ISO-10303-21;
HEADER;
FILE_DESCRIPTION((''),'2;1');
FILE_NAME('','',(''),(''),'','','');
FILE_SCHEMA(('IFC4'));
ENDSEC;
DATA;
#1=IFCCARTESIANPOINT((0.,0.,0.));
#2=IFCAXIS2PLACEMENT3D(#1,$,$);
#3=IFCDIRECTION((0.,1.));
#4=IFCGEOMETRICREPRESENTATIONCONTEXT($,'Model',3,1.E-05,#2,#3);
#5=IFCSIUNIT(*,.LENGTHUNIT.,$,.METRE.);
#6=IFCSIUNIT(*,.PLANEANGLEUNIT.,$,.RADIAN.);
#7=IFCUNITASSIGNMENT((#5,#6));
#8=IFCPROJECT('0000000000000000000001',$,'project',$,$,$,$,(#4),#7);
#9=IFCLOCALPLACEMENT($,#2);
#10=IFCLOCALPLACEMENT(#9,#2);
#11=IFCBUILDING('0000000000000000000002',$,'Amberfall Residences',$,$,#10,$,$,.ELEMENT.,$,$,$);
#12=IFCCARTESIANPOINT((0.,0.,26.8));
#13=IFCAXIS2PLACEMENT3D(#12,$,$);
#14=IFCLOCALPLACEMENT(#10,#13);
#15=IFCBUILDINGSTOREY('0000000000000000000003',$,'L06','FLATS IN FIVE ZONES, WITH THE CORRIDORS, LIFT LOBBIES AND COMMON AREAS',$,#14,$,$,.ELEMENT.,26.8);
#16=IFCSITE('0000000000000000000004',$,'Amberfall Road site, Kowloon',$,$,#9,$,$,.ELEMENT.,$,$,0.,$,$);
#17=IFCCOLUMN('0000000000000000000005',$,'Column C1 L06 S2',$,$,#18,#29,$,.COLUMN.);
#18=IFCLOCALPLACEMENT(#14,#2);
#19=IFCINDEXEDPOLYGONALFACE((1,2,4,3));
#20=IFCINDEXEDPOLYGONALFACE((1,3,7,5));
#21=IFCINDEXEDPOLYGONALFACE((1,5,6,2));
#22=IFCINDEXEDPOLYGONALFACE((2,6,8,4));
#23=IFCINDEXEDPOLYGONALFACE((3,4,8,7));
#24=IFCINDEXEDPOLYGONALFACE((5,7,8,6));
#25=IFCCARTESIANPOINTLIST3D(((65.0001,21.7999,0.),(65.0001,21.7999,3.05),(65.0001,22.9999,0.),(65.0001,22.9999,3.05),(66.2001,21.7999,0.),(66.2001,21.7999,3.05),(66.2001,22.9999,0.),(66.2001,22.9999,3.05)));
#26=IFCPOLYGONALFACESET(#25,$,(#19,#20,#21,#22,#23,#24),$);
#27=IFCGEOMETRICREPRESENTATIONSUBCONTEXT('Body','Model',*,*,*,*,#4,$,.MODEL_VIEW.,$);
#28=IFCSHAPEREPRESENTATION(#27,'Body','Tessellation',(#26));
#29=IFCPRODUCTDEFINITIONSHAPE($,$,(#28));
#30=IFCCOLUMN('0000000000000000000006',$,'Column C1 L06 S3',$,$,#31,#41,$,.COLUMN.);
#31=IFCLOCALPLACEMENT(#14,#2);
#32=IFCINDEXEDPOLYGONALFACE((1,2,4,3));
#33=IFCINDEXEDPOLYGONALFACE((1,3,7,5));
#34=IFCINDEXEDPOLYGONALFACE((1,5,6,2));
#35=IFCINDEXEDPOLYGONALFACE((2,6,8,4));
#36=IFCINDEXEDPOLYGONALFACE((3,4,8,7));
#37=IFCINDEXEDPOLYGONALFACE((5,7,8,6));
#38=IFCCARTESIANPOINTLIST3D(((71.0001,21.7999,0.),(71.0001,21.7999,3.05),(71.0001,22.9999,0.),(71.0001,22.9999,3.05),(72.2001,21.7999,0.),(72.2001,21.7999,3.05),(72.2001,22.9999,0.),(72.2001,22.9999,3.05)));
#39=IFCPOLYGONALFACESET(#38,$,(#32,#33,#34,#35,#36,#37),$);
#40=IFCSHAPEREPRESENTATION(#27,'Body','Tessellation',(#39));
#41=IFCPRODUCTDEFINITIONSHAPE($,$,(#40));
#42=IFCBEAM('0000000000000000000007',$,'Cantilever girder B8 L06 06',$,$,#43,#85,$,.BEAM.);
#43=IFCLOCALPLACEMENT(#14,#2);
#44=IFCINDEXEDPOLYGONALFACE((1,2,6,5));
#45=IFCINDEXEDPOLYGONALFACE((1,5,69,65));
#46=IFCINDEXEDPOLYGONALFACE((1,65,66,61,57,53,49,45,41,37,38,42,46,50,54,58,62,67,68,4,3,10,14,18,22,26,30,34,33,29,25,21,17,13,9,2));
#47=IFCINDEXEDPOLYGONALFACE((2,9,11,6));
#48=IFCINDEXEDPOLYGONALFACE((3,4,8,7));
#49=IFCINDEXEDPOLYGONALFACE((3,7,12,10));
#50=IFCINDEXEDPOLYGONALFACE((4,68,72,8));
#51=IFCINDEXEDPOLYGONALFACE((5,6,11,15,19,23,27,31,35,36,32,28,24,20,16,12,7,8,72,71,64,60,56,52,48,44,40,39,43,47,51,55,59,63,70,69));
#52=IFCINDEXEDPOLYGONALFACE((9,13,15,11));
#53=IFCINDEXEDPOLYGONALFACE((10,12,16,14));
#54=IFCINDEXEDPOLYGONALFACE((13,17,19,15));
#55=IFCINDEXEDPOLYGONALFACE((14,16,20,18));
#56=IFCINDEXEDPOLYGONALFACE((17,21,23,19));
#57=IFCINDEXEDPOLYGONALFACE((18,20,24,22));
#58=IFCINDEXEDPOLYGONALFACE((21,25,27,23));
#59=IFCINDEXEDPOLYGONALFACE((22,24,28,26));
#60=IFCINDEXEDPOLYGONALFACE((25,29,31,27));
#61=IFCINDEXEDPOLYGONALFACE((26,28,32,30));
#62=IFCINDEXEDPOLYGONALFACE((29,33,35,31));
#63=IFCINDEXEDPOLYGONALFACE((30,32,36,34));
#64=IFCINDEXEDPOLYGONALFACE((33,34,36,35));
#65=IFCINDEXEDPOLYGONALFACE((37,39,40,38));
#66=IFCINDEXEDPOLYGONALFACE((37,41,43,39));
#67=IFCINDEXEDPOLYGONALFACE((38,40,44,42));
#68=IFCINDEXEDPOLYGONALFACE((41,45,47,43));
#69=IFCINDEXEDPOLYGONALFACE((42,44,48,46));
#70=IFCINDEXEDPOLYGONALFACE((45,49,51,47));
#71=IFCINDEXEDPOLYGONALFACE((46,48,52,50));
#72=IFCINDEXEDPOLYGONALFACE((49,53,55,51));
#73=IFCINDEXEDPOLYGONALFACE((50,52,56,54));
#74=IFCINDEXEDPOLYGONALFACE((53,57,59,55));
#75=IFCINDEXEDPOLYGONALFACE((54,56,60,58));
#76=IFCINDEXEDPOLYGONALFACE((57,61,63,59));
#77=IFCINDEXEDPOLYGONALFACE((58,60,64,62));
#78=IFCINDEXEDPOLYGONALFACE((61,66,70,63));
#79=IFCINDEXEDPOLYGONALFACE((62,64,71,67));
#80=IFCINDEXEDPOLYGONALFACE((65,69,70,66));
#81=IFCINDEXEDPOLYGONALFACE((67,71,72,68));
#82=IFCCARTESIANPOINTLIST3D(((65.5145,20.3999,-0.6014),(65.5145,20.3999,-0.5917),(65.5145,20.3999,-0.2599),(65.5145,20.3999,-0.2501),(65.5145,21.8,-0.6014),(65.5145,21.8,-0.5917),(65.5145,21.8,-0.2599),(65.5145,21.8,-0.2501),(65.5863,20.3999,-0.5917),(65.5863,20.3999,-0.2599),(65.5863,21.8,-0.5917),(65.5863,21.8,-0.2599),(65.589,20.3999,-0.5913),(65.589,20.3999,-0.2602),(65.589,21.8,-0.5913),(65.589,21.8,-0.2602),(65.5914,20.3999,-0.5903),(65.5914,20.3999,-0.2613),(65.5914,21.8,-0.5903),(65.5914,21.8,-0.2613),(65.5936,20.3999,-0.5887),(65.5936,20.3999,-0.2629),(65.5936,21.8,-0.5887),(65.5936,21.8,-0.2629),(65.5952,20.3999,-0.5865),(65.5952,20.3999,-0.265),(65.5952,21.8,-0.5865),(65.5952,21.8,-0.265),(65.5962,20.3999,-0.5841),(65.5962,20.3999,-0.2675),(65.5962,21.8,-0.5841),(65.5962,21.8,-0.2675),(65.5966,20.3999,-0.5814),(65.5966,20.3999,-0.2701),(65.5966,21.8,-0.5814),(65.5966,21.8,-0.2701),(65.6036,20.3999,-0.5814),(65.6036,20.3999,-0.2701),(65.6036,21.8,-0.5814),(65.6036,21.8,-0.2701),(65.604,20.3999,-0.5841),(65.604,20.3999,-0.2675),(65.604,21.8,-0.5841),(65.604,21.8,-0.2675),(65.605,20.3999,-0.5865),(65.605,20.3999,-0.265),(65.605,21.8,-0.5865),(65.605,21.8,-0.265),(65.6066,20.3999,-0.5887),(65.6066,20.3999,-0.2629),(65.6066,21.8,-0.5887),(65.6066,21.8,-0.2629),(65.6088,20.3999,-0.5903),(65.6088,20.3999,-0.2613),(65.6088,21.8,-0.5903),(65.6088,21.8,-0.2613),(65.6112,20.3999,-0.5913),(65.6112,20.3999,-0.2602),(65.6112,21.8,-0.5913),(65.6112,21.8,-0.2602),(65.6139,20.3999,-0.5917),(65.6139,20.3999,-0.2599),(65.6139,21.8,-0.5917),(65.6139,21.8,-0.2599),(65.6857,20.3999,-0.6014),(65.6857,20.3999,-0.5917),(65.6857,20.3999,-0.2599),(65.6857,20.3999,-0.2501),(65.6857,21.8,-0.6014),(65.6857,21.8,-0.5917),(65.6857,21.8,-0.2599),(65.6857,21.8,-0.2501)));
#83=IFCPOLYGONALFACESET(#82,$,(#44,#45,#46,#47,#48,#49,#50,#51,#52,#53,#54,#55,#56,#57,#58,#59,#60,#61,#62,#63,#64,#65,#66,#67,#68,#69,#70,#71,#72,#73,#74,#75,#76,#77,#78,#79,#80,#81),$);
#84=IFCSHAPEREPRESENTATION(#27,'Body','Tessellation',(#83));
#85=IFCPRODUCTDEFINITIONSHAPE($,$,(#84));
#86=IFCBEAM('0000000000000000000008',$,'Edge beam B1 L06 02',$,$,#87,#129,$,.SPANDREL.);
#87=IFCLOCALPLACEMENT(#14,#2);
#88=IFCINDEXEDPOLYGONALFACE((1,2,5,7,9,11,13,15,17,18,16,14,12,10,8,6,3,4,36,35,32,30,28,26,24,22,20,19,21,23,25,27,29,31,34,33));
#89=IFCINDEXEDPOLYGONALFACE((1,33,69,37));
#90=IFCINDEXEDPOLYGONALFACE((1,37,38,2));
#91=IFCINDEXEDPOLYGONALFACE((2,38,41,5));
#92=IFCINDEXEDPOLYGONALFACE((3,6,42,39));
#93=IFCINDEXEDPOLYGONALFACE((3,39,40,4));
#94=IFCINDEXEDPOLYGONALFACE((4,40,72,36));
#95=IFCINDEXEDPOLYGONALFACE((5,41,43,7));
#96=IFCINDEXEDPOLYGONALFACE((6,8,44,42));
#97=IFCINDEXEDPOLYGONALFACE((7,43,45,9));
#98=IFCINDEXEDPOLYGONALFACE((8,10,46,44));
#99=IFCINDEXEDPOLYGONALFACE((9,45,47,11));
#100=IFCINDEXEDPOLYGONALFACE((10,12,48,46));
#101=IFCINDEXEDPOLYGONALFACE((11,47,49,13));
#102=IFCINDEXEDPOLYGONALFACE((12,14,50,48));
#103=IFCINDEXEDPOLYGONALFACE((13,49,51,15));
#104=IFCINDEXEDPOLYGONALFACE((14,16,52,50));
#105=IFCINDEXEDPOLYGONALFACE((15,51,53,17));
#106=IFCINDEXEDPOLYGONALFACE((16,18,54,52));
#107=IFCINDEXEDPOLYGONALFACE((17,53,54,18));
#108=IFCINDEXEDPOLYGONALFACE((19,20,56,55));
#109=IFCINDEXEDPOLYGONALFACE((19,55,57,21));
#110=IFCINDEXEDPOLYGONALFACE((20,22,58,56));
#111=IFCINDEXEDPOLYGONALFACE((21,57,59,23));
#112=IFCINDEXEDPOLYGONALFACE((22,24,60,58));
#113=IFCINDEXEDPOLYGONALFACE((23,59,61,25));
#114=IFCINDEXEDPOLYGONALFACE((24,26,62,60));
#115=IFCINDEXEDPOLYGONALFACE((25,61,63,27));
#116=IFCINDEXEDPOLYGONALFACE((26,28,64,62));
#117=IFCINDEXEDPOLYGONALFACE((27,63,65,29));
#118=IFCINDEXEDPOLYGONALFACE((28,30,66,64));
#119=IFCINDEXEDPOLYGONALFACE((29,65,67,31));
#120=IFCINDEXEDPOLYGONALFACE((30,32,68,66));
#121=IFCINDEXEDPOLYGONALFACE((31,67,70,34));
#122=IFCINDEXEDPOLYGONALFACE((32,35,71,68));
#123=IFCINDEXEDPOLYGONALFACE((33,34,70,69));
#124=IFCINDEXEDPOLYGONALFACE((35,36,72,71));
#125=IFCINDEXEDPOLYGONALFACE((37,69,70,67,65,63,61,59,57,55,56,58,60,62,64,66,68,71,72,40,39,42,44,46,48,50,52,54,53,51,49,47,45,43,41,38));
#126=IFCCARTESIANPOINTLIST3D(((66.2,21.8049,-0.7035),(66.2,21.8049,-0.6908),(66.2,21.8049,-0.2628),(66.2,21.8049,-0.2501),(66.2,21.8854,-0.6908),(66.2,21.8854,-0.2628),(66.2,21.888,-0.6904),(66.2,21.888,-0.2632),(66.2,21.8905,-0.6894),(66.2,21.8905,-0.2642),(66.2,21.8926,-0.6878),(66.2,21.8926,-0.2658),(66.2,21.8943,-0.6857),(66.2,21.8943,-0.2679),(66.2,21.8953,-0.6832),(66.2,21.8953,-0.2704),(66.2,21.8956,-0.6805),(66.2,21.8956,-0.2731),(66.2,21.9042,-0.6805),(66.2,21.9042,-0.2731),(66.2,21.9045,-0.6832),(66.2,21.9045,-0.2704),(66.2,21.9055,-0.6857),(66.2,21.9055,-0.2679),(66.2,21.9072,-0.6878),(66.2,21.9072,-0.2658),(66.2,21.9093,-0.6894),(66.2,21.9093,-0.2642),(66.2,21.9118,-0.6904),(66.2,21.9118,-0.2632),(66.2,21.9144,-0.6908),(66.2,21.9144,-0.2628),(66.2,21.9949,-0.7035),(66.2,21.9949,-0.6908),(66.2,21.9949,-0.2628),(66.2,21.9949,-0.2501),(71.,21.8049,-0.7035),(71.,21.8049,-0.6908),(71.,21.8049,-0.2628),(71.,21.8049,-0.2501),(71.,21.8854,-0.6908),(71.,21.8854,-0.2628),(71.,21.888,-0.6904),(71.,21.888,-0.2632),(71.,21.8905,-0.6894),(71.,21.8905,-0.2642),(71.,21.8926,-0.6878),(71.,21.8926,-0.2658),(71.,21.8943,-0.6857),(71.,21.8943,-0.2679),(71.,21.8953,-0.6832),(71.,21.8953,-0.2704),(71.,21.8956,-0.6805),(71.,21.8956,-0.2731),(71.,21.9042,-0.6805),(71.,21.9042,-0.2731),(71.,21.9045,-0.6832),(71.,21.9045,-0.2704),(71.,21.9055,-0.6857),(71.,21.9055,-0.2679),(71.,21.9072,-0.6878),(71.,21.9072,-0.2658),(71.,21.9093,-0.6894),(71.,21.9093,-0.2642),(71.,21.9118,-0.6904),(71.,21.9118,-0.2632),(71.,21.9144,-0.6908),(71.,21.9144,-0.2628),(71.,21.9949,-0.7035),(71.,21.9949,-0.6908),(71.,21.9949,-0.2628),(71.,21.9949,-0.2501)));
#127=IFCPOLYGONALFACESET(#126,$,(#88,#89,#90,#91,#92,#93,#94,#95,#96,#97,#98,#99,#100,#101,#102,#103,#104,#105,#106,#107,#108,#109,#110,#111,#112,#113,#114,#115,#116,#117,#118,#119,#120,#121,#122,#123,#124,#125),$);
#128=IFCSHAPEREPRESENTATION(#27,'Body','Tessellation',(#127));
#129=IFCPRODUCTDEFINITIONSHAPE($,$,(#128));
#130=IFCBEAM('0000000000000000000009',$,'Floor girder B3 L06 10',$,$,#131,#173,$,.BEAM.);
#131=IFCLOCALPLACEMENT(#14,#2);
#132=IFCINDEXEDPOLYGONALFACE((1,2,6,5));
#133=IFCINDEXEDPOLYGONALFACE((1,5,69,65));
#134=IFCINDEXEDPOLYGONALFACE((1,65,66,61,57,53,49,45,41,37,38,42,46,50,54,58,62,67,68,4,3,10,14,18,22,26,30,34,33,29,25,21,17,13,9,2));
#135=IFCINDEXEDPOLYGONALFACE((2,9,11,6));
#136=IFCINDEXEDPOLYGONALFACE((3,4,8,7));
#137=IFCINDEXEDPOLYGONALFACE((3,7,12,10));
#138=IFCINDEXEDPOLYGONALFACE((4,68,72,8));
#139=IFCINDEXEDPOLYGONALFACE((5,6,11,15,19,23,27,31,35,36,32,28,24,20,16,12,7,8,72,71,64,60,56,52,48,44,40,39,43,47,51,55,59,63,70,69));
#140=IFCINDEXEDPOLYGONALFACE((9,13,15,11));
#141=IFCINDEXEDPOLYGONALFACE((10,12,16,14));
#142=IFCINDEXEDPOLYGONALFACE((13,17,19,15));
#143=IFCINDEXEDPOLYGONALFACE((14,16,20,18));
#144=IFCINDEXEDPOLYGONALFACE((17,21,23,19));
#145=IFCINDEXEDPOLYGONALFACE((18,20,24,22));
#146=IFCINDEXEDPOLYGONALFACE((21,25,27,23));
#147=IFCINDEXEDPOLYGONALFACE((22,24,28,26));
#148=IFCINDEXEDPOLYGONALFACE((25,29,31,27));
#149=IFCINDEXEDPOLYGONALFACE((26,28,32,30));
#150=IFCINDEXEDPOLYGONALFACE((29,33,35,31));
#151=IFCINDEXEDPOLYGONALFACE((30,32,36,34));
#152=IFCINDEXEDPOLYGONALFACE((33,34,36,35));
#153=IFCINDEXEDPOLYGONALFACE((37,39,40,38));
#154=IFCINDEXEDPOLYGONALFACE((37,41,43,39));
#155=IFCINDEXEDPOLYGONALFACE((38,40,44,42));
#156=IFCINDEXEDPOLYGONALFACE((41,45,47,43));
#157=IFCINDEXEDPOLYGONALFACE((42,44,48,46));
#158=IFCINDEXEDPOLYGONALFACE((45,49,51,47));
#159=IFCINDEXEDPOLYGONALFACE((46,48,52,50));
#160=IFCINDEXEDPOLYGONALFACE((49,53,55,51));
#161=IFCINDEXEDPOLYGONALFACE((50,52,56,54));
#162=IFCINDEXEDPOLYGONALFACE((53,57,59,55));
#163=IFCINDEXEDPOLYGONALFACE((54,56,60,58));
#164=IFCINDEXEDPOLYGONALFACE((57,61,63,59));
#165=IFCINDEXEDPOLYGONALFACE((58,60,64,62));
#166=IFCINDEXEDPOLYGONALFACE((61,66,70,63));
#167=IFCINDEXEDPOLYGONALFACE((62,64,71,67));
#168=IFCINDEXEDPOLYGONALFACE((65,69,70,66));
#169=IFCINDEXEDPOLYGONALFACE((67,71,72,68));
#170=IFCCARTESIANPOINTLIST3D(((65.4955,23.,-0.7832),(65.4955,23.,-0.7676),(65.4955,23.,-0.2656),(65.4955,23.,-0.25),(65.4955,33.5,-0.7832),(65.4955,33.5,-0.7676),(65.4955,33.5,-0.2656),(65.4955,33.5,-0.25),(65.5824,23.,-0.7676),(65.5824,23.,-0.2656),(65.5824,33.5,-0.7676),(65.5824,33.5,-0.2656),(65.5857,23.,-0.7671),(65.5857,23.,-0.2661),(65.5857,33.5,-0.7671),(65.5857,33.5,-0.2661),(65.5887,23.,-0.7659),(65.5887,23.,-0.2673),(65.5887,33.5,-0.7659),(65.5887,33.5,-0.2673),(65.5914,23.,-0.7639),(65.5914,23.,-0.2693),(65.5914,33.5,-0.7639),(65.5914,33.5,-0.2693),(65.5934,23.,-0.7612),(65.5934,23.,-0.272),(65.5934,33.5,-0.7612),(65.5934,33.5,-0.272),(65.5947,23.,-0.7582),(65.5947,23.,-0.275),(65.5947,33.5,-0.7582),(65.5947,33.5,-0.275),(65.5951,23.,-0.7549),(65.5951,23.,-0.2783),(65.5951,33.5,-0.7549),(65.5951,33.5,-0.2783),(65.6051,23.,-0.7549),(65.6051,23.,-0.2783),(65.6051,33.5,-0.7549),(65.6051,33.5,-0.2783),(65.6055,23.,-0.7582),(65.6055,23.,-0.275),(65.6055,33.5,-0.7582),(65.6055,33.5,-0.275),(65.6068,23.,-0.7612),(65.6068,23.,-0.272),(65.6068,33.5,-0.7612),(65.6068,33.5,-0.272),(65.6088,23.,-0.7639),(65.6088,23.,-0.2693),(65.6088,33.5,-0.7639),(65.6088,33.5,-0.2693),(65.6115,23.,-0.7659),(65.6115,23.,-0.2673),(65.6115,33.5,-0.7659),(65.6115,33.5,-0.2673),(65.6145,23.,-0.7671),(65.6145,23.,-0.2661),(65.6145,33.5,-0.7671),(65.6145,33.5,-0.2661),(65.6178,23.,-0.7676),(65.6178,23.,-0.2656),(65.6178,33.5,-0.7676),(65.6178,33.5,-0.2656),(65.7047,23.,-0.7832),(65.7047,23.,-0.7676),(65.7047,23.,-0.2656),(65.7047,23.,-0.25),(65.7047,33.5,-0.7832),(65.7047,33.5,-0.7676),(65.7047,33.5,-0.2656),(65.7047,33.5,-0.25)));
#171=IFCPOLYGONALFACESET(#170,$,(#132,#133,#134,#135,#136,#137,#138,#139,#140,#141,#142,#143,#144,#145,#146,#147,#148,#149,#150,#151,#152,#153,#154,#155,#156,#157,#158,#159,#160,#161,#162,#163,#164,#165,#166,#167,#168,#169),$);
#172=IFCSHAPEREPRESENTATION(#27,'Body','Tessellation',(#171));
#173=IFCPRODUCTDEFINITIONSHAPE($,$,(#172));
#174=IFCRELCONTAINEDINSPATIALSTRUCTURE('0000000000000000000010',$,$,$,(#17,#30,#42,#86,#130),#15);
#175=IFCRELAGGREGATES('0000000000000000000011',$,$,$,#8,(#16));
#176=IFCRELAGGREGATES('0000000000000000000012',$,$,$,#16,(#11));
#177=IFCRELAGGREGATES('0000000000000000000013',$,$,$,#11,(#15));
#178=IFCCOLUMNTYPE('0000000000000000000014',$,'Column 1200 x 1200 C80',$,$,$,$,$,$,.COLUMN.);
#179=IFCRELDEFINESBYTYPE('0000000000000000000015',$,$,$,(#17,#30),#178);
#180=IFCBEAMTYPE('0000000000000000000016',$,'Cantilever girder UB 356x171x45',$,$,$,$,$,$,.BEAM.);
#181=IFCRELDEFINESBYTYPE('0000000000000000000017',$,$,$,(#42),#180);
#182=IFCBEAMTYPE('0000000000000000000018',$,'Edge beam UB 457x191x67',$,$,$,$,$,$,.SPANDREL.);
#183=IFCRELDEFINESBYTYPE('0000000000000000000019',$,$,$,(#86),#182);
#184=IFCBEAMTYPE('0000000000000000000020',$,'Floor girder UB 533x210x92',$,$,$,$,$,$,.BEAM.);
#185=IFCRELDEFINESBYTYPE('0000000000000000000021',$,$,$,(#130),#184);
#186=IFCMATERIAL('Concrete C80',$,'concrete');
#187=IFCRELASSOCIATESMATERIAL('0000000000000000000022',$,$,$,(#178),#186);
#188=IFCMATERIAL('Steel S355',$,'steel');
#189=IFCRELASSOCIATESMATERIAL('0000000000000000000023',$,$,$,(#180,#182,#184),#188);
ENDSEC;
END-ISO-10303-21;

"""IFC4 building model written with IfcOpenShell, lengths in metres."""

from ifc_helpers import new_model, si_unit, direction, frame, origin, origin_2d, place, context, subcontext, project, spatial, rectangle, i_section, extrude, material, material_profile, profile_set, type_object, element, save


model = new_model("IFC4")

# Units and contexts
model_context = context("Model", 3, precision=1e-05, world=origin(), true_north=direction((0.0, 1.0)))
body_context = subcontext(model_context, "Body", "Model", "MODEL_VIEW")
ifc_project = project(units=[si_unit("LENGTHUNIT", "METRE"), si_unit("PLANEANGLEUNIT", "RADIAN")], contexts=[model_context])

# Site, building, storey
site_placement = place(None, origin())
site = spatial("IfcSite", under=ifc_project, at=site_placement, Name="Amberfall Road site, Kowloon", CompositionType="ELEMENT", RefElevation=0.0)
building_placement = place(site_placement, origin())
building = spatial("IfcBuilding", under=site, at=building_placement, Name="Amberfall Residences", CompositionType="ELEMENT")
storey_placement = place(building_placement, frame((0.0, 0.0, 26.8)))
storey = spatial("IfcBuildingStorey", under=building, at=storey_placement, Name="L06", Description="FLATS IN FIVE ZONES, WITH THE CORRIDORS, LIFT LOBBIES AND COMMON AREAS", CompositionType="ELEMENT", Elevation=26.8)

# Columns
ifc_material_1 = material(Name="Concrete C80", Category="concrete")
ifc_material_profile_1 = material_profile(ifc_material_1, rectangle(XDim=1.2, YDim=1.2, at=origin_2d()), Name="Column 1200 x 1200 C80")
ifc_profile_set_1 = profile_set([ifc_material_profile_1], Name="Concrete C80")
column_type = type_object("IfcColumnType", Name="Column 1200 x 1200 C80", PredefinedType="COLUMN", material=ifc_profile_set_1)
for number, where, z_axis, x_axis, name in (
    (1, (65.6001, 22.3999, 0.0), (0.0, 0.0, 1.0), (1.0, 0.0, 0.0), "Column C1 L06 S2"),
    (2, (71.6001, 22.3999, 0.0), (0.0, 0.0, 1.0), (1.0, 0.0, 0.0), "Column C1 L06 S3"),
):
    element("IfcColumn", number, at=place(storey_placement, frame(where, z_axis=z_axis, x_axis=x_axis)), inside=storey, type_object=column_type, Name=name, PredefinedType="COLUMN", context=body_context, shape_type="SweptSolid", body=[
        extrude(rectangle(XDim=1.2, YDim=1.2, at=origin_2d()), origin(), (0.0, 0.0, 1.0), 3.05),
    ])

# Beams
ifc_material_2 = material(Name="Steel S355", Category="steel")
ifc_material_profile_2 = material_profile(ifc_material_2, i_section(OverallWidth=0.1711, OverallDepth=0.3513, WebThickness=0.0071, FlangeThickness=0.0098, FilletRadius=0.0103, at=origin_2d()), Name="UB 356x171x45")
ifc_profile_set_2 = profile_set([ifc_material_profile_2], Name="Steel S355")
beam_type_1 = type_object("IfcBeamType", Name="Cantilever girder UB 356x171x45", PredefinedType="BEAM", material=ifc_profile_set_2)
beam_1_placement = place(storey_placement, frame((65.6001, 21.8, -0.4258), z_axis=(0.0, -1.0, 0.0), x_axis=(1.0, 0.0, 0.0)))
element("IfcBeam", 3, at=beam_1_placement, inside=storey, type_object=beam_type_1, Name="Cantilever girder B8 L06 06", PredefinedType="BEAM", context=body_context, shape_type="SweptSolid", body=[
    extrude(i_section(OverallWidth=0.1711, OverallDepth=0.3513, WebThickness=0.0071, FlangeThickness=0.0098, FilletRadius=0.0103, at=origin_2d()), origin(), (0.0, 0.0, 1.0), 1.4001),
])
ifc_material_profile_3 = material_profile(ifc_material_2, i_section(OverallWidth=0.1899, OverallDepth=0.4534, WebThickness=0.0085, FlangeThickness=0.0127, FilletRadius=0.0103, at=origin_2d()), Name="UB 457x191x67")
ifc_profile_set_3 = profile_set([ifc_material_profile_3], Name="Steel S355")
beam_type_2 = type_object("IfcBeamType", Name="Edge beam UB 457x191x67", PredefinedType="SPANDREL", material=ifc_profile_set_3)
beam_2_placement = place(storey_placement, frame((66.2, 21.8999, -0.4768), z_axis=(1.0, 0.0, 0.0), x_axis=(0.0, 1.0, 0.0)))
element("IfcBeam", 4, at=beam_2_placement, inside=storey, type_object=beam_type_2, Name="Edge beam B1 L06 02", PredefinedType="SPANDREL", context=body_context, shape_type="SweptSolid", body=[
    extrude(i_section(OverallWidth=0.1899, OverallDepth=0.4534, WebThickness=0.0085, FlangeThickness=0.0127, FilletRadius=0.0103, at=origin_2d()), origin(), (0.0, 0.0, 1.0), 4.8),
])
ifc_material_profile_4 = material_profile(ifc_material_2, i_section(OverallWidth=0.2092, OverallDepth=0.5332, WebThickness=0.01, FlangeThickness=0.0156, FilletRadius=0.0127, at=origin_2d()), Name="UB 533x210x92")
ifc_profile_set_4 = profile_set([ifc_material_profile_4], Name="Steel S355")
beam_type_3 = type_object("IfcBeamType", Name="Floor girder UB 533x210x92", PredefinedType="BEAM", material=ifc_profile_set_4)
for number, where, z_axis, x_axis, name in (
    (5, (65.6001, 23.0, -0.5166), (0.0, 1.0, 0.0), (-1.0, 0.0, 0.0), "Floor girder B3 L06 10"),
):
    element("IfcBeam", number, at=place(storey_placement, frame(where, z_axis=z_axis, x_axis=x_axis)), inside=storey, type_object=beam_type_3, Name=name, PredefinedType="BEAM", context=body_context, shape_type="SweptSolid", body=[
        extrude(i_section(OverallWidth=0.2092, OverallDepth=0.5332, WebThickness=0.01, FlangeThickness=0.0156, FilletRadius=0.0127, at=origin_2d()), origin(), (0.0, 0.0, 1.0), 10.5),
    ])

save(model, "model.ifc")
